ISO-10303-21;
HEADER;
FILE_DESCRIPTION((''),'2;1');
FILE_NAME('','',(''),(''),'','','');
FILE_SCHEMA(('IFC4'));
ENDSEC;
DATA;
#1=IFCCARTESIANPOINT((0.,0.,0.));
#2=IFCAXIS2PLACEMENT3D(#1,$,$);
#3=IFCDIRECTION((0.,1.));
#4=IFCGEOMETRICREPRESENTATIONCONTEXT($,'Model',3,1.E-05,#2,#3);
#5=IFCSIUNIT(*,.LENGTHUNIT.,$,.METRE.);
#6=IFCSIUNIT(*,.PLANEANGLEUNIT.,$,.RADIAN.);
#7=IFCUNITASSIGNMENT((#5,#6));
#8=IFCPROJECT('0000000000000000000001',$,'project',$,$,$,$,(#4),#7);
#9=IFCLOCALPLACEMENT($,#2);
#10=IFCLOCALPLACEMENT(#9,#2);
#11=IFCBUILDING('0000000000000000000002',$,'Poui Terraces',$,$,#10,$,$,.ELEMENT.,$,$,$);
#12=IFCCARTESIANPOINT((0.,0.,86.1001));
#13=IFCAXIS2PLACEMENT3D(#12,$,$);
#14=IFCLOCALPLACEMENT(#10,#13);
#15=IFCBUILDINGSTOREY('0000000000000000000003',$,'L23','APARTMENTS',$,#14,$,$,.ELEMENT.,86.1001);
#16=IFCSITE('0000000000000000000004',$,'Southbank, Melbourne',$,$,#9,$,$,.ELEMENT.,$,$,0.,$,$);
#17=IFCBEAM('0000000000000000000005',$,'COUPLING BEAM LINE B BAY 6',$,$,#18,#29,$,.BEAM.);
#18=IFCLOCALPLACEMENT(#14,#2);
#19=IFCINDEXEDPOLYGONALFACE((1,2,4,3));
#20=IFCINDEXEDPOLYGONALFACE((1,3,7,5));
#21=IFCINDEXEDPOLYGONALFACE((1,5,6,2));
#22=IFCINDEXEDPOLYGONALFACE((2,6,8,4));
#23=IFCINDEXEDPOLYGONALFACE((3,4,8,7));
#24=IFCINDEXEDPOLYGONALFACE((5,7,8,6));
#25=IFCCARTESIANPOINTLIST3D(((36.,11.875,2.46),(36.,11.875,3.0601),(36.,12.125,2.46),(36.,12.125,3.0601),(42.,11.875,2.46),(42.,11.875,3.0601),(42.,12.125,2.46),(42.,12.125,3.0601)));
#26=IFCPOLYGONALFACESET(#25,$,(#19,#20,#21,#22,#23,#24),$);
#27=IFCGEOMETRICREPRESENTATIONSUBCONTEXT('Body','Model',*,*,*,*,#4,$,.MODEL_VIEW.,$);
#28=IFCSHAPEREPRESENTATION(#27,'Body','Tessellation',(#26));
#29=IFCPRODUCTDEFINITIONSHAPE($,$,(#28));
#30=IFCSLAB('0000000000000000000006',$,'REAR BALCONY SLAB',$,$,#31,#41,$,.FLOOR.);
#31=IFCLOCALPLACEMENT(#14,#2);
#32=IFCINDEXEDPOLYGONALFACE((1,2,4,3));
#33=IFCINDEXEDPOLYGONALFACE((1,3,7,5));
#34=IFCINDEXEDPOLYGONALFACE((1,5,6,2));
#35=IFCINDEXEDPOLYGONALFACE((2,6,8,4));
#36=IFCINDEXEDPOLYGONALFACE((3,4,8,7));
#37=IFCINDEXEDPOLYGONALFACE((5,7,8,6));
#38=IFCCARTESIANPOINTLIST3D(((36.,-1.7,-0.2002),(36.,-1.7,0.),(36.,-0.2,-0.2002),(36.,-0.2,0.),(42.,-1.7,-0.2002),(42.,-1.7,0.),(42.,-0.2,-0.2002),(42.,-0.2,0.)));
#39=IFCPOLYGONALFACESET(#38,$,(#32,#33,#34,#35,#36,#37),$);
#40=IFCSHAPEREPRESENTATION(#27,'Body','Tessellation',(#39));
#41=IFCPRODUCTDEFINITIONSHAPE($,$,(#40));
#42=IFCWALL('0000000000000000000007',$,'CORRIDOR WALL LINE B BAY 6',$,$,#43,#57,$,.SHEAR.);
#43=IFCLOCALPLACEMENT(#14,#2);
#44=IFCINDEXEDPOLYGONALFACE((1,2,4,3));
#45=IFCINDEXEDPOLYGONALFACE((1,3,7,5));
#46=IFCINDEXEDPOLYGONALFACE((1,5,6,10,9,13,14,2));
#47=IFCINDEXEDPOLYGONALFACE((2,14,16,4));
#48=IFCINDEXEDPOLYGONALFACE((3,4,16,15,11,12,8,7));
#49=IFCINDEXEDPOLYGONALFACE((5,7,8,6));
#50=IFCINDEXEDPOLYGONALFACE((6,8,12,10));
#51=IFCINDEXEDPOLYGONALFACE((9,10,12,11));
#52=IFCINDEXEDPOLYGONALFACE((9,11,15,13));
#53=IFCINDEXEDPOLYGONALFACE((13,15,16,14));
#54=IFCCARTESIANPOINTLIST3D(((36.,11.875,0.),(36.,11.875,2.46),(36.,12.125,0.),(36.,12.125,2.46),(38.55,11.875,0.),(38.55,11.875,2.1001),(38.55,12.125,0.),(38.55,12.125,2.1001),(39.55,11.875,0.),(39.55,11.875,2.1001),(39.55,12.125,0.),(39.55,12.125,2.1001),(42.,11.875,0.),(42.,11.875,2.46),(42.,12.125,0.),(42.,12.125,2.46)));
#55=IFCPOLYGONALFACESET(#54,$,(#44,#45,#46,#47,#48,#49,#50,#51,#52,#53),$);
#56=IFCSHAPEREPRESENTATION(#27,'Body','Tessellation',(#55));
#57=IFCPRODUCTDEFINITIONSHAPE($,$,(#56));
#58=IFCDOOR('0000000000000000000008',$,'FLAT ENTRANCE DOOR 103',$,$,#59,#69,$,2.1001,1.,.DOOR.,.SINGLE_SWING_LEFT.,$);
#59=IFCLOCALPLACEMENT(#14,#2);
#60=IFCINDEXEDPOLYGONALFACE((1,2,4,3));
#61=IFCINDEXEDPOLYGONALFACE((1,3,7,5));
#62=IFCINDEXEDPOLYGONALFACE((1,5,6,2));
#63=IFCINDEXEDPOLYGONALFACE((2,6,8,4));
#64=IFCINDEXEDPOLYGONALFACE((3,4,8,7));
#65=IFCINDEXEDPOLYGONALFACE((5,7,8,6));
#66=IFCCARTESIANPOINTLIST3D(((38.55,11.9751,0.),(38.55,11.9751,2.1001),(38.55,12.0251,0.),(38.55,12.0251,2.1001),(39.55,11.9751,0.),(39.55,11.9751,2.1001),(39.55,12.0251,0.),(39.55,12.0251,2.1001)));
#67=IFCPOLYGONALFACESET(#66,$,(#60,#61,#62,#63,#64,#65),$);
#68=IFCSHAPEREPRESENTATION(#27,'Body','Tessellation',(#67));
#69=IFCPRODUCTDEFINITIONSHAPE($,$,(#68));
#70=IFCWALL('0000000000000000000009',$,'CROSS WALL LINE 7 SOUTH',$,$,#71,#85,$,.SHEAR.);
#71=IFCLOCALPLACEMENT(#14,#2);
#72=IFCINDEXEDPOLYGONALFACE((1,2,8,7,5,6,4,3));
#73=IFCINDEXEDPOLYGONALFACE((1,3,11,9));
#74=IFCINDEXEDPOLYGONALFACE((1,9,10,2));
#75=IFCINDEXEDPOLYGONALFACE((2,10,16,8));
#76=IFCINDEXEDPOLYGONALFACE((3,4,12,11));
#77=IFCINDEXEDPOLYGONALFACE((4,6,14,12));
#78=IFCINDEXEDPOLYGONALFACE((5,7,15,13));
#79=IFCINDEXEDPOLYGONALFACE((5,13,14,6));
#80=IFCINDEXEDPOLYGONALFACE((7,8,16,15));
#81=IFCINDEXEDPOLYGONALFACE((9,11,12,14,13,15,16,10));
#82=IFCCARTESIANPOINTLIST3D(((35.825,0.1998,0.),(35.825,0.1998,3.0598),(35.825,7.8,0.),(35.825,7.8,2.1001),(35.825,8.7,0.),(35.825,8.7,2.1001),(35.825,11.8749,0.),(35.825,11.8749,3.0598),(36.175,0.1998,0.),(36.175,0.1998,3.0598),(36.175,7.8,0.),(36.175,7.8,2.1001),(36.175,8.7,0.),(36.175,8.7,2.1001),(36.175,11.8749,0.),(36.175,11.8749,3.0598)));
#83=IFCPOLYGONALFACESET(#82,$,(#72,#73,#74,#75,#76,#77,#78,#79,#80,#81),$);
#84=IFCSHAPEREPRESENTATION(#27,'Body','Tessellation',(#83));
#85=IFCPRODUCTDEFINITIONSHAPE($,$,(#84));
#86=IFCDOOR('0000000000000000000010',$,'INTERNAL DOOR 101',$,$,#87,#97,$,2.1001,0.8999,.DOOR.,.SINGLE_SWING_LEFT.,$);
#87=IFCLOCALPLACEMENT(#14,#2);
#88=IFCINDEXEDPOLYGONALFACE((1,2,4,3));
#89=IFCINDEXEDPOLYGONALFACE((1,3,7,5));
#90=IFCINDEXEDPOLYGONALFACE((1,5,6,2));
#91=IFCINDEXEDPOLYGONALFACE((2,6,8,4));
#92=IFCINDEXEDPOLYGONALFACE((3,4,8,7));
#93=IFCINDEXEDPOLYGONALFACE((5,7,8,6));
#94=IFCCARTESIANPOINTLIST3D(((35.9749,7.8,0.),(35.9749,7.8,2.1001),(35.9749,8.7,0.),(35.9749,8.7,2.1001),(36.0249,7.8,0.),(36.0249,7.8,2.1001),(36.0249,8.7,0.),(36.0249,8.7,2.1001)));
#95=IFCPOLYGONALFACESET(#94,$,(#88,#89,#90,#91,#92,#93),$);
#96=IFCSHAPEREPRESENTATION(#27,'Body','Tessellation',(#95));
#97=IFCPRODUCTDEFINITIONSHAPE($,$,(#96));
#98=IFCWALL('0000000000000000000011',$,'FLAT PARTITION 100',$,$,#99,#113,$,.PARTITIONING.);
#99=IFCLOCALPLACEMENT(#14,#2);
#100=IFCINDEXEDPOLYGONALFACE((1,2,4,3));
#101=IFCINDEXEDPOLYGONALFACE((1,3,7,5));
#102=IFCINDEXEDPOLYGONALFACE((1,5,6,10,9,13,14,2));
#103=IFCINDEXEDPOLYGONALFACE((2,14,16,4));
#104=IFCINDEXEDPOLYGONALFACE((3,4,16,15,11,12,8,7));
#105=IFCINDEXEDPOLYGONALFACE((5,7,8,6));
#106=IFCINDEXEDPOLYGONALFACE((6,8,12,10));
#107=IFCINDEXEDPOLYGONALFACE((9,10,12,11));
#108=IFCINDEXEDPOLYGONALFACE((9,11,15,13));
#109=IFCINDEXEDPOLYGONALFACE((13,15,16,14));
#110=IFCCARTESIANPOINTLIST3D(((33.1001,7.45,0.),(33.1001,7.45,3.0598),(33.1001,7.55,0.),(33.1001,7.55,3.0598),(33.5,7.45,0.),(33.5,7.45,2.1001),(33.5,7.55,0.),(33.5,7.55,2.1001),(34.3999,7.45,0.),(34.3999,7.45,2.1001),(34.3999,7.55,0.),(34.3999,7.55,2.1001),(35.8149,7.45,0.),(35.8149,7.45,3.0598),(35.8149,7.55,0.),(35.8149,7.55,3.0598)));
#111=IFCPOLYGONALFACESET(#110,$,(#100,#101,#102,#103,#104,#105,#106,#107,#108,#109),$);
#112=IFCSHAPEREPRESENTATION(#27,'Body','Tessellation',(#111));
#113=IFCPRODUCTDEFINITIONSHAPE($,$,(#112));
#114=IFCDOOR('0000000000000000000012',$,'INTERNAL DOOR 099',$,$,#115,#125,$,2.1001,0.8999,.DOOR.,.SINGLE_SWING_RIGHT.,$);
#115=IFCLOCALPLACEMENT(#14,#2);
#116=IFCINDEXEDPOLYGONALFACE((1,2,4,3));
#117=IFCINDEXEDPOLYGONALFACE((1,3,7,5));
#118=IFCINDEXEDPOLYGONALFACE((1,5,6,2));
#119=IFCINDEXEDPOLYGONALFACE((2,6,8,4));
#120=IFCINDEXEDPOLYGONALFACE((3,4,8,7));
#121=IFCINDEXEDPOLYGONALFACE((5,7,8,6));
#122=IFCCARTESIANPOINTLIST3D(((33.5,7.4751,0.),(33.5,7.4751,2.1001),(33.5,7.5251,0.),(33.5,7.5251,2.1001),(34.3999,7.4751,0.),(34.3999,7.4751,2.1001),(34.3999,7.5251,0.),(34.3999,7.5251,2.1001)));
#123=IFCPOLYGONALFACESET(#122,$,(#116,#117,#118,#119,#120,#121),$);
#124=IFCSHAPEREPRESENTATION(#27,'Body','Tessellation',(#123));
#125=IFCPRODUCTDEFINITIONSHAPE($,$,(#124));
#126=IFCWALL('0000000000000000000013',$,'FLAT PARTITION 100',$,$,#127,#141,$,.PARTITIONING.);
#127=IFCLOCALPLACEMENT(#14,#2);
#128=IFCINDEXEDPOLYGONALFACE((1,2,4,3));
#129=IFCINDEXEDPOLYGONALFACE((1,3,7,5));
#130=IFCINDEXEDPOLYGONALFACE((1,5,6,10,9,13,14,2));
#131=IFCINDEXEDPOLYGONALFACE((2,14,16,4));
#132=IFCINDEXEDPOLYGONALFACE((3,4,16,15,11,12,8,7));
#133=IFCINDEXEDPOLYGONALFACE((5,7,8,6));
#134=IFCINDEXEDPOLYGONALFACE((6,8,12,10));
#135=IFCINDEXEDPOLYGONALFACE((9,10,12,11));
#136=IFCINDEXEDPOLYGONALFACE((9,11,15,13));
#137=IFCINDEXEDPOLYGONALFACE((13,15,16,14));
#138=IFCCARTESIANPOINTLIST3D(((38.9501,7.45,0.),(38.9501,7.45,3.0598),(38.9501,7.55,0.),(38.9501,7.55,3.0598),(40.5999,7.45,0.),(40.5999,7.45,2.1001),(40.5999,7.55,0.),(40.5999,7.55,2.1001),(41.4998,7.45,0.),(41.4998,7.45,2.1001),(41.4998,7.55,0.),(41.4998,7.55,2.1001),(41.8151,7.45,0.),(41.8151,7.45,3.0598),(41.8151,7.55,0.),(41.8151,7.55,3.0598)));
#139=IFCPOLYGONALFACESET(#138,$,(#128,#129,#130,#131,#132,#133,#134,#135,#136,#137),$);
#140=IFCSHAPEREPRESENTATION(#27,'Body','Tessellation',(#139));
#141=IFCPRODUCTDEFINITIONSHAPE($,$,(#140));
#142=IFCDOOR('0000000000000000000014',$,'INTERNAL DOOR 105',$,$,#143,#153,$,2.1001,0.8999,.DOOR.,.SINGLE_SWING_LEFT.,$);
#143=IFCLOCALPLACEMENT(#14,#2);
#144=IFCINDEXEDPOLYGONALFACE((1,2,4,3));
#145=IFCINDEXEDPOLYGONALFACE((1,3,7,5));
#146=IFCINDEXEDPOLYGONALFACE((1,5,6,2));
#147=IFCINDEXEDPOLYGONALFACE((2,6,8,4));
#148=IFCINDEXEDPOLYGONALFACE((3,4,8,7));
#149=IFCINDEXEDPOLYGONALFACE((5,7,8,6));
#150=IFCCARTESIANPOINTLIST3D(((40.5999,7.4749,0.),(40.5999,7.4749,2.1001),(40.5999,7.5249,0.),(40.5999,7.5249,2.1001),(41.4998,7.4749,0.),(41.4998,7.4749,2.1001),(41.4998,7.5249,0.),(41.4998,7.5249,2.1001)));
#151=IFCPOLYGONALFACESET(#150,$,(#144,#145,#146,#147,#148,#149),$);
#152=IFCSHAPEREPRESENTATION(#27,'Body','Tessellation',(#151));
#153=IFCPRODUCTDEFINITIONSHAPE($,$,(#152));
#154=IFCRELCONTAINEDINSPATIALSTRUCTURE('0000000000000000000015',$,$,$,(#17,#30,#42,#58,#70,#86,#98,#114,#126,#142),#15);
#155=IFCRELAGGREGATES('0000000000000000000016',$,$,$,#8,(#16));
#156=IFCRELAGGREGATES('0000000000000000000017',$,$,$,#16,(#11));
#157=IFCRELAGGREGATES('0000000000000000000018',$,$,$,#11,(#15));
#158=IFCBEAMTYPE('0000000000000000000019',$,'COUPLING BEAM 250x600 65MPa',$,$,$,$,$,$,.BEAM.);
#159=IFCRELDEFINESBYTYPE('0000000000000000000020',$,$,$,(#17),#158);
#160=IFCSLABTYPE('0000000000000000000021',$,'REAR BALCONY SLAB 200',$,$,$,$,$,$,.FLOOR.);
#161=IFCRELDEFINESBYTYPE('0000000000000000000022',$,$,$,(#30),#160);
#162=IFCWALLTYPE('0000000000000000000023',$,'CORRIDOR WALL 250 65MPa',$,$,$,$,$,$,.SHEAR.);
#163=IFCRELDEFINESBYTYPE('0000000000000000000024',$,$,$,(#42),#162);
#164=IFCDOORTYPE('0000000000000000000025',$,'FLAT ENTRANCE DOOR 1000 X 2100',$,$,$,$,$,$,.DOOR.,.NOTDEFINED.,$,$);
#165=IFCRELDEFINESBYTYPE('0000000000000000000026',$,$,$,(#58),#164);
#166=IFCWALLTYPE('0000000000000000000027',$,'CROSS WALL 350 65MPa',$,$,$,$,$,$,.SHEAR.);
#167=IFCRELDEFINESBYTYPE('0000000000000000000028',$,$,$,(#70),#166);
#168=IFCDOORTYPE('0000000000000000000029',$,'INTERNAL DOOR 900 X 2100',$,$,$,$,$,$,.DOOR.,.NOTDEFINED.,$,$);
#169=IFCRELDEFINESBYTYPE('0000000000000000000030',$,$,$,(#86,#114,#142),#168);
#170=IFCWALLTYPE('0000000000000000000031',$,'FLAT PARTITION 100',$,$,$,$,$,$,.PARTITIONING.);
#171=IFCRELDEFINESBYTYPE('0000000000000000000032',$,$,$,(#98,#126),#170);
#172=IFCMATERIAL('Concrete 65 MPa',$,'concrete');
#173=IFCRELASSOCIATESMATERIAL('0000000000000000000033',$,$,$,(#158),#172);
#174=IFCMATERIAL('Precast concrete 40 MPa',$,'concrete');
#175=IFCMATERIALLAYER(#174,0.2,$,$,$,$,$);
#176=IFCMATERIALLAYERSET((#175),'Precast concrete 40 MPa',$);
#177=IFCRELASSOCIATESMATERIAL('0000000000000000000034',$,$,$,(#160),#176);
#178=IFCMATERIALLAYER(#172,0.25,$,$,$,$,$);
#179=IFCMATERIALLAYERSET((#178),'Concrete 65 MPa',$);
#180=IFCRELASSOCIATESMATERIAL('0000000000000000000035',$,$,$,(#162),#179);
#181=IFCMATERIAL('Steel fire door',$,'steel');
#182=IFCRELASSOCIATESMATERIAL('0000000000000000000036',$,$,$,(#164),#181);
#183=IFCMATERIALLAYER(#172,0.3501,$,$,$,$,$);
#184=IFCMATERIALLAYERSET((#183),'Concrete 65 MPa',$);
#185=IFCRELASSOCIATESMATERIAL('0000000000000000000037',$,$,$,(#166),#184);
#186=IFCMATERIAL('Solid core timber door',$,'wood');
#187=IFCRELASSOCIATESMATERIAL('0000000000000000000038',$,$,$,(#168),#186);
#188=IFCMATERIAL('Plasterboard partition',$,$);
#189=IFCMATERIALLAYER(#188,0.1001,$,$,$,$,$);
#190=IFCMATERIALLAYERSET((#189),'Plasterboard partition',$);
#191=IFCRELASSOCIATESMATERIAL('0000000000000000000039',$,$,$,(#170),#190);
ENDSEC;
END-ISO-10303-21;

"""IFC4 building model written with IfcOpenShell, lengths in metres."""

from ifc_helpers import new_model, si_unit, direction, frame, frame_2d, origin, origin_2d, place, context, subcontext, project, spatial, polyline, rectangle, outline, extrude, source, transform, mapped, material, layer, layer_set, material_profile, profile_set, type_object, element, fill, save


model = new_model("IFC4")

# Units and contexts
model_context = context("Model", 3, precision=1e-05, world=origin(), true_north=direction((0.0, 1.0)))
body_context = subcontext(model_context, "Body", "Model", "MODEL_VIEW")
ifc_project = project(units=[si_unit("LENGTHUNIT", "METRE"), si_unit("PLANEANGLEUNIT", "RADIAN")], contexts=[model_context])

# Site, building, storey
site_placement = place(None, origin())
site = spatial("IfcSite", under=ifc_project, at=site_placement, Name="Southbank, Melbourne", CompositionType="ELEMENT", RefElevation=0.0)
building_placement = place(site_placement, origin())
building = spatial("IfcBuilding", under=site, at=building_placement, Name="Poui Terraces", CompositionType="ELEMENT")
storey_placement = place(building_placement, frame((0.0, 0.0, 86.1001)))
storey = spatial("IfcBuildingStorey", under=building, at=storey_placement, Name="L23", Description="APARTMENTS", CompositionType="ELEMENT", Elevation=86.1001)

# Beam
ifc_material_1 = material(Name="Concrete 65 MPa", Category="concrete")
ifc_material_profile_1 = material_profile(ifc_material_1, rectangle(XDim=0.25, YDim=0.6001, at=origin_2d()), Name="RC 250x600")
ifc_profile_set_1 = profile_set([ifc_material_profile_1], Name="Concrete 65 MPa")
beam_type = type_object("IfcBeamType", Name="COUPLING BEAM 250x600 65MPa", PredefinedType="BEAM", material=ifc_profile_set_1)
shared_shape_1 = source(origin(), body_context, "Body", "SweptSolid", [
    extrude(rectangle(XDim=0.25, YDim=0.6001, at=origin_2d()), origin(), (0.0, 0.0, 1.0), 6.0),
])
beam_placement = place(storey_placement, frame((36.0, 12.0, 2.76), z_axis=(1.0, 0.0, 0.0), x_axis=(0.0, 1.0, 0.0)))
element("IfcBeam", 1, at=beam_placement, inside=storey, type_object=beam_type, Name="COUPLING BEAM LINE B BAY 6", PredefinedType="BEAM", context=body_context, shape_type="MappedRepresentation", body=[
    mapped(shared_shape_1, transform((0.0, 0.0, 0.0))),
])

# Slab
ifc_material_2 = material(Name="Precast concrete 40 MPa", Category="concrete")
ifc_layer_1 = layer(ifc_material_2, 0.2)
ifc_layer_set_1 = layer_set([ifc_layer_1], Name="Precast concrete 40 MPa")
slab_type = type_object("IfcSlabType", Name="REAR BALCONY SLAB 200", PredefinedType="FLOOR", material=ifc_layer_set_1)
shared_shape_2 = source(origin(), body_context, "Body", "SweptSolid", [
    extrude(outline(polyline([(0.0, 0.0), (6.0, 0.0), (6.0, 1.5), (0.0, 1.5), (0.0, 0.0)])), origin(), (0.0, 0.0, 1.0), 0.2002),
])
slab_placement = place(storey_placement, frame((36.0, -1.7, -0.2002)))
element("IfcSlab", 2, at=slab_placement, inside=storey, type_object=slab_type, Name="REAR BALCONY SLAB", PredefinedType="FLOOR", context=body_context, shape_type="MappedRepresentation", body=[
    mapped(shared_shape_2, transform((0.0, 0.0, 0.0))),
])

# Walls, openings, doors
ifc_layer_2 = layer(ifc_material_1, 0.25)
ifc_layer_set_2 = layer_set([ifc_layer_2], Name="Concrete 65 MPa")
wall_type_1 = type_object("IfcWallType", Name="CORRIDOR WALL 250 65MPa", PredefinedType="SHEAR", material=ifc_layer_set_2)
wall_1_placement = place(storey_placement, frame((36.0, 12.0, 0.0), z_axis=(0.0, 0.0, 1.0), x_axis=(1.0, 0.0, 0.0)))
wall_1 = element("IfcWall", 3, at=wall_1_placement, inside=storey, type_object=wall_type_1, Name="CORRIDOR WALL LINE B BAY 6", PredefinedType="SHEAR", context=body_context, shape_type="SweptSolid", body=[
    extrude(rectangle(XDim=6.0, YDim=0.25, at=frame_2d((3.0, 0.0))), origin(), (0.0, 0.0, 1.0), 2.46),
])
opening_1_placement = place(wall_1_placement, frame((2.55, 0.0, 0.0)))
opening_1 = element("IfcOpeningElement", 4, at=opening_1_placement, cuts=wall_1, PredefinedType="OPENING", context=body_context, shape_type="SweptSolid", body=[
    extrude(rectangle(XDim=1.0, YDim=2.1001, at=frame_2d((0.5, 1.05))), frame((0.0, 0.135, 0.0), z_axis=(0.0, -1.0, 0.0), x_axis=(1.0, 0.0, 0.0)), (0.0, 0.0, 1.0), 0.27),
])
ifc_material_3 = material(Name="Steel fire door", Category="steel")
door_type_1 = type_object("IfcDoorType", Name="FLAT ENTRANCE DOOR 1000 X 2100", OperationType="NOTDEFINED", PredefinedType="DOOR", material=ifc_material_3)
door_1_placement = place(opening_1_placement, frame((1.0, 0.0, 0.0), z_axis=(0.0, 0.0, 1.0), x_axis=(-1.0, 0.0, 0.0)))
door_1 = element("IfcDoor", 5, at=door_1_placement, inside=storey, type_object=door_type_1, Name="FLAT ENTRANCE DOOR 103", OperationType="SINGLE_SWING_LEFT", OverallHeight=2.1001, OverallWidth=1.0, PredefinedType="DOOR", context=body_context, shape_type="SweptSolid", body=[
    extrude(rectangle(XDim=1.0, YDim=2.1001, at=frame_2d((0.5, 1.05))), frame((0.0, 0.0249, 0.0), z_axis=(0.0, -1.0, 0.0), x_axis=(1.0, 0.0, 0.0)), (0.0, 0.0, 1.0), 0.05),
])
fill(opening_1, door_1)
ifc_layer_3 = layer(ifc_material_1, 0.3501)
ifc_layer_set_3 = layer_set([ifc_layer_3], Name="Concrete 65 MPa")
wall_type_2 = type_object("IfcWallType", Name="CROSS WALL 350 65MPa", PredefinedType="SHEAR", material=ifc_layer_set_3)
wall_2_placement = place(storey_placement, frame((36.0, 0.2, 0.0), z_axis=(0.0, 0.0, 1.0), x_axis=(0.0, 1.0, 0.0)))
wall_2 = element("IfcWall", 6, at=wall_2_placement, inside=storey, type_object=wall_type_2, Name="CROSS WALL LINE 7 SOUTH", PredefinedType="SHEAR", context=body_context, shape_type="SweptSolid", body=[
    extrude(rectangle(XDim=11.675, YDim=0.3501, at=frame_2d((5.8374, 0.0))), origin(), (0.0, 0.0, 1.0), 3.0598),
])
opening_2_placement = place(wall_2_placement, frame((7.6001, 0.0, 0.0)))
opening_2 = element("IfcOpeningElement", 7, at=opening_2_placement, cuts=wall_2, PredefinedType="OPENING", context=body_context, shape_type="SweptSolid", body=[
    extrude(rectangle(XDim=0.8999, YDim=2.1001, at=frame_2d((0.45, 1.05))), frame((0.0, 0.1851, 0.0), z_axis=(0.0, -1.0, 0.0), x_axis=(1.0, 0.0, 0.0)), (0.0, 0.0, 1.0), 0.3701),
])
ifc_material_4 = material(Name="Solid core timber door", Category="wood")
door_type_2 = type_object("IfcDoorType", Name="INTERNAL DOOR 900 X 2100", OperationType="NOTDEFINED", PredefinedType="DOOR", material=ifc_material_4)
door_2_placement = place(opening_2_placement, frame((0.8999, 0.0, 0.0), z_axis=(0.0, 0.0, 1.0), x_axis=(-1.0, 0.0, 0.0)))
door_2 = element("IfcDoor", 8, at=door_2_placement, inside=storey, type_object=door_type_2, Name="INTERNAL DOOR 101", OperationType="SINGLE_SWING_LEFT", OverallHeight=2.1001, OverallWidth=0.8999, PredefinedType="DOOR", context=body_context, shape_type="SweptSolid", body=[
    extrude(rectangle(XDim=0.8999, YDim=2.1001, at=frame_2d((0.45, 1.05))), frame((0.0, 0.0249, 0.0), z_axis=(0.0, -1.0, 0.0), x_axis=(1.0, 0.0, 0.0)), (0.0, 0.0, 1.0), 0.05),
])
fill(opening_2, door_2)
ifc_material_5 = material(Name="Plasterboard partition")
ifc_layer_4 = layer(ifc_material_5, 0.1001)
ifc_layer_set_4 = layer_set([ifc_layer_4], Name="Plasterboard partition")
wall_type_3 = type_object("IfcWallType", Name="FLAT PARTITION 100", PredefinedType="PARTITIONING", material=ifc_layer_set_4)
wall_3_placement = place(storey_placement, frame((33.1001, 7.5, 0.0), z_axis=(0.0, 0.0, 1.0), x_axis=(1.0, 0.0, 0.0)))
wall_3 = element("IfcWall", 9, at=wall_3_placement, inside=storey, type_object=wall_type_3, Name="FLAT PARTITION 100", PredefinedType="PARTITIONING", context=body_context, shape_type="SweptSolid", body=[
    extrude(rectangle(XDim=2.7148, YDim=0.1001, at=frame_2d((1.3574, 0.0))), origin(), (0.0, 0.0, 1.0), 3.0598),
])
opening_3_placement = place(wall_3_placement, frame((0.3999, 0.0, 0.0)))
opening_3 = element("IfcOpeningElement", 10, at=opening_3_placement, cuts=wall_3, PredefinedType="OPENING", context=body_context, shape_type="SweptSolid", body=[
    extrude(rectangle(XDim=0.8999, YDim=2.1001, at=frame_2d((0.45, 1.05))), frame((0.0, 0.0601, 0.0), z_axis=(0.0, -1.0, 0.0), x_axis=(1.0, 0.0, 0.0)), (0.0, 0.0, 1.0), 0.1201),
])
door_3_placement = place(opening_3_placement, frame((0.8999, 0.0, 0.0), z_axis=(0.0, 0.0, 1.0), x_axis=(-1.0, 0.0, 0.0)))
door_3 = element("IfcDoor", 11, at=door_3_placement, inside=storey, type_object=door_type_2, Name="INTERNAL DOOR 099", OperationType="SINGLE_SWING_RIGHT", OverallHeight=2.1001, OverallWidth=0.8999, PredefinedType="DOOR", context=body_context, shape_type="SweptSolid", body=[
    extrude(rectangle(XDim=0.8999, YDim=2.1001, at=frame_2d((0.45, 1.05))), frame((0.0, 0.0249, 0.0), z_axis=(0.0, -1.0, 0.0), x_axis=(1.0, 0.0, 0.0)), (0.0, 0.0, 1.0), 0.05),
])
fill(opening_3, door_3)
wall_4_placement = place(storey_placement, frame((38.95, 7.5, 0.0), z_axis=(0.0, 0.0, 1.0), x_axis=(1.0, 0.0, 0.0)))
wall_4 = element("IfcWall", 12, at=wall_4_placement, inside=storey, type_object=wall_type_3, Name="FLAT PARTITION 100", PredefinedType="PARTITIONING", context=body_context, shape_type="SweptSolid", body=[
    extrude(rectangle(XDim=2.865, YDim=0.1001, at=frame_2d((1.4326, 0.0))), origin(), (0.0, 0.0, 1.0), 3.0598),
])
opening_4_placement = place(wall_4_placement, frame((1.6499, 0.0, 0.0)))
opening_4 = element("IfcOpeningElement", 13, at=opening_4_placement, cuts=wall_4, PredefinedType="OPENING", context=body_context, shape_type="SweptSolid", body=[
    extrude(rectangle(XDim=0.8999, YDim=2.1001, at=frame_2d((0.45, 1.05))), frame((0.0, 0.0601, 0.0), z_axis=(0.0, -1.0, 0.0), x_axis=(1.0, 0.0, 0.0)), (0.0, 0.0, 1.0), 0.1201),
])
door_4_placement = place(opening_4_placement, origin())
door_4 = element("IfcDoor", 14, at=door_4_placement, inside=storey, type_object=door_type_2, Name="INTERNAL DOOR 105", OperationType="SINGLE_SWING_LEFT", OverallHeight=2.1001, OverallWidth=0.8999, PredefinedType="DOOR", context=body_context, shape_type="SweptSolid", body=[
    extrude(rectangle(XDim=0.8999, YDim=2.1001, at=frame_2d((0.45, 1.05))), frame((0.0, 0.0249, 0.0), z_axis=(0.0, -1.0, 0.0), x_axis=(1.0, 0.0, 0.0)), (0.0, 0.0, 1.0), 0.05),
])
fill(opening_4, door_4)

save(model, "model.ifc")
